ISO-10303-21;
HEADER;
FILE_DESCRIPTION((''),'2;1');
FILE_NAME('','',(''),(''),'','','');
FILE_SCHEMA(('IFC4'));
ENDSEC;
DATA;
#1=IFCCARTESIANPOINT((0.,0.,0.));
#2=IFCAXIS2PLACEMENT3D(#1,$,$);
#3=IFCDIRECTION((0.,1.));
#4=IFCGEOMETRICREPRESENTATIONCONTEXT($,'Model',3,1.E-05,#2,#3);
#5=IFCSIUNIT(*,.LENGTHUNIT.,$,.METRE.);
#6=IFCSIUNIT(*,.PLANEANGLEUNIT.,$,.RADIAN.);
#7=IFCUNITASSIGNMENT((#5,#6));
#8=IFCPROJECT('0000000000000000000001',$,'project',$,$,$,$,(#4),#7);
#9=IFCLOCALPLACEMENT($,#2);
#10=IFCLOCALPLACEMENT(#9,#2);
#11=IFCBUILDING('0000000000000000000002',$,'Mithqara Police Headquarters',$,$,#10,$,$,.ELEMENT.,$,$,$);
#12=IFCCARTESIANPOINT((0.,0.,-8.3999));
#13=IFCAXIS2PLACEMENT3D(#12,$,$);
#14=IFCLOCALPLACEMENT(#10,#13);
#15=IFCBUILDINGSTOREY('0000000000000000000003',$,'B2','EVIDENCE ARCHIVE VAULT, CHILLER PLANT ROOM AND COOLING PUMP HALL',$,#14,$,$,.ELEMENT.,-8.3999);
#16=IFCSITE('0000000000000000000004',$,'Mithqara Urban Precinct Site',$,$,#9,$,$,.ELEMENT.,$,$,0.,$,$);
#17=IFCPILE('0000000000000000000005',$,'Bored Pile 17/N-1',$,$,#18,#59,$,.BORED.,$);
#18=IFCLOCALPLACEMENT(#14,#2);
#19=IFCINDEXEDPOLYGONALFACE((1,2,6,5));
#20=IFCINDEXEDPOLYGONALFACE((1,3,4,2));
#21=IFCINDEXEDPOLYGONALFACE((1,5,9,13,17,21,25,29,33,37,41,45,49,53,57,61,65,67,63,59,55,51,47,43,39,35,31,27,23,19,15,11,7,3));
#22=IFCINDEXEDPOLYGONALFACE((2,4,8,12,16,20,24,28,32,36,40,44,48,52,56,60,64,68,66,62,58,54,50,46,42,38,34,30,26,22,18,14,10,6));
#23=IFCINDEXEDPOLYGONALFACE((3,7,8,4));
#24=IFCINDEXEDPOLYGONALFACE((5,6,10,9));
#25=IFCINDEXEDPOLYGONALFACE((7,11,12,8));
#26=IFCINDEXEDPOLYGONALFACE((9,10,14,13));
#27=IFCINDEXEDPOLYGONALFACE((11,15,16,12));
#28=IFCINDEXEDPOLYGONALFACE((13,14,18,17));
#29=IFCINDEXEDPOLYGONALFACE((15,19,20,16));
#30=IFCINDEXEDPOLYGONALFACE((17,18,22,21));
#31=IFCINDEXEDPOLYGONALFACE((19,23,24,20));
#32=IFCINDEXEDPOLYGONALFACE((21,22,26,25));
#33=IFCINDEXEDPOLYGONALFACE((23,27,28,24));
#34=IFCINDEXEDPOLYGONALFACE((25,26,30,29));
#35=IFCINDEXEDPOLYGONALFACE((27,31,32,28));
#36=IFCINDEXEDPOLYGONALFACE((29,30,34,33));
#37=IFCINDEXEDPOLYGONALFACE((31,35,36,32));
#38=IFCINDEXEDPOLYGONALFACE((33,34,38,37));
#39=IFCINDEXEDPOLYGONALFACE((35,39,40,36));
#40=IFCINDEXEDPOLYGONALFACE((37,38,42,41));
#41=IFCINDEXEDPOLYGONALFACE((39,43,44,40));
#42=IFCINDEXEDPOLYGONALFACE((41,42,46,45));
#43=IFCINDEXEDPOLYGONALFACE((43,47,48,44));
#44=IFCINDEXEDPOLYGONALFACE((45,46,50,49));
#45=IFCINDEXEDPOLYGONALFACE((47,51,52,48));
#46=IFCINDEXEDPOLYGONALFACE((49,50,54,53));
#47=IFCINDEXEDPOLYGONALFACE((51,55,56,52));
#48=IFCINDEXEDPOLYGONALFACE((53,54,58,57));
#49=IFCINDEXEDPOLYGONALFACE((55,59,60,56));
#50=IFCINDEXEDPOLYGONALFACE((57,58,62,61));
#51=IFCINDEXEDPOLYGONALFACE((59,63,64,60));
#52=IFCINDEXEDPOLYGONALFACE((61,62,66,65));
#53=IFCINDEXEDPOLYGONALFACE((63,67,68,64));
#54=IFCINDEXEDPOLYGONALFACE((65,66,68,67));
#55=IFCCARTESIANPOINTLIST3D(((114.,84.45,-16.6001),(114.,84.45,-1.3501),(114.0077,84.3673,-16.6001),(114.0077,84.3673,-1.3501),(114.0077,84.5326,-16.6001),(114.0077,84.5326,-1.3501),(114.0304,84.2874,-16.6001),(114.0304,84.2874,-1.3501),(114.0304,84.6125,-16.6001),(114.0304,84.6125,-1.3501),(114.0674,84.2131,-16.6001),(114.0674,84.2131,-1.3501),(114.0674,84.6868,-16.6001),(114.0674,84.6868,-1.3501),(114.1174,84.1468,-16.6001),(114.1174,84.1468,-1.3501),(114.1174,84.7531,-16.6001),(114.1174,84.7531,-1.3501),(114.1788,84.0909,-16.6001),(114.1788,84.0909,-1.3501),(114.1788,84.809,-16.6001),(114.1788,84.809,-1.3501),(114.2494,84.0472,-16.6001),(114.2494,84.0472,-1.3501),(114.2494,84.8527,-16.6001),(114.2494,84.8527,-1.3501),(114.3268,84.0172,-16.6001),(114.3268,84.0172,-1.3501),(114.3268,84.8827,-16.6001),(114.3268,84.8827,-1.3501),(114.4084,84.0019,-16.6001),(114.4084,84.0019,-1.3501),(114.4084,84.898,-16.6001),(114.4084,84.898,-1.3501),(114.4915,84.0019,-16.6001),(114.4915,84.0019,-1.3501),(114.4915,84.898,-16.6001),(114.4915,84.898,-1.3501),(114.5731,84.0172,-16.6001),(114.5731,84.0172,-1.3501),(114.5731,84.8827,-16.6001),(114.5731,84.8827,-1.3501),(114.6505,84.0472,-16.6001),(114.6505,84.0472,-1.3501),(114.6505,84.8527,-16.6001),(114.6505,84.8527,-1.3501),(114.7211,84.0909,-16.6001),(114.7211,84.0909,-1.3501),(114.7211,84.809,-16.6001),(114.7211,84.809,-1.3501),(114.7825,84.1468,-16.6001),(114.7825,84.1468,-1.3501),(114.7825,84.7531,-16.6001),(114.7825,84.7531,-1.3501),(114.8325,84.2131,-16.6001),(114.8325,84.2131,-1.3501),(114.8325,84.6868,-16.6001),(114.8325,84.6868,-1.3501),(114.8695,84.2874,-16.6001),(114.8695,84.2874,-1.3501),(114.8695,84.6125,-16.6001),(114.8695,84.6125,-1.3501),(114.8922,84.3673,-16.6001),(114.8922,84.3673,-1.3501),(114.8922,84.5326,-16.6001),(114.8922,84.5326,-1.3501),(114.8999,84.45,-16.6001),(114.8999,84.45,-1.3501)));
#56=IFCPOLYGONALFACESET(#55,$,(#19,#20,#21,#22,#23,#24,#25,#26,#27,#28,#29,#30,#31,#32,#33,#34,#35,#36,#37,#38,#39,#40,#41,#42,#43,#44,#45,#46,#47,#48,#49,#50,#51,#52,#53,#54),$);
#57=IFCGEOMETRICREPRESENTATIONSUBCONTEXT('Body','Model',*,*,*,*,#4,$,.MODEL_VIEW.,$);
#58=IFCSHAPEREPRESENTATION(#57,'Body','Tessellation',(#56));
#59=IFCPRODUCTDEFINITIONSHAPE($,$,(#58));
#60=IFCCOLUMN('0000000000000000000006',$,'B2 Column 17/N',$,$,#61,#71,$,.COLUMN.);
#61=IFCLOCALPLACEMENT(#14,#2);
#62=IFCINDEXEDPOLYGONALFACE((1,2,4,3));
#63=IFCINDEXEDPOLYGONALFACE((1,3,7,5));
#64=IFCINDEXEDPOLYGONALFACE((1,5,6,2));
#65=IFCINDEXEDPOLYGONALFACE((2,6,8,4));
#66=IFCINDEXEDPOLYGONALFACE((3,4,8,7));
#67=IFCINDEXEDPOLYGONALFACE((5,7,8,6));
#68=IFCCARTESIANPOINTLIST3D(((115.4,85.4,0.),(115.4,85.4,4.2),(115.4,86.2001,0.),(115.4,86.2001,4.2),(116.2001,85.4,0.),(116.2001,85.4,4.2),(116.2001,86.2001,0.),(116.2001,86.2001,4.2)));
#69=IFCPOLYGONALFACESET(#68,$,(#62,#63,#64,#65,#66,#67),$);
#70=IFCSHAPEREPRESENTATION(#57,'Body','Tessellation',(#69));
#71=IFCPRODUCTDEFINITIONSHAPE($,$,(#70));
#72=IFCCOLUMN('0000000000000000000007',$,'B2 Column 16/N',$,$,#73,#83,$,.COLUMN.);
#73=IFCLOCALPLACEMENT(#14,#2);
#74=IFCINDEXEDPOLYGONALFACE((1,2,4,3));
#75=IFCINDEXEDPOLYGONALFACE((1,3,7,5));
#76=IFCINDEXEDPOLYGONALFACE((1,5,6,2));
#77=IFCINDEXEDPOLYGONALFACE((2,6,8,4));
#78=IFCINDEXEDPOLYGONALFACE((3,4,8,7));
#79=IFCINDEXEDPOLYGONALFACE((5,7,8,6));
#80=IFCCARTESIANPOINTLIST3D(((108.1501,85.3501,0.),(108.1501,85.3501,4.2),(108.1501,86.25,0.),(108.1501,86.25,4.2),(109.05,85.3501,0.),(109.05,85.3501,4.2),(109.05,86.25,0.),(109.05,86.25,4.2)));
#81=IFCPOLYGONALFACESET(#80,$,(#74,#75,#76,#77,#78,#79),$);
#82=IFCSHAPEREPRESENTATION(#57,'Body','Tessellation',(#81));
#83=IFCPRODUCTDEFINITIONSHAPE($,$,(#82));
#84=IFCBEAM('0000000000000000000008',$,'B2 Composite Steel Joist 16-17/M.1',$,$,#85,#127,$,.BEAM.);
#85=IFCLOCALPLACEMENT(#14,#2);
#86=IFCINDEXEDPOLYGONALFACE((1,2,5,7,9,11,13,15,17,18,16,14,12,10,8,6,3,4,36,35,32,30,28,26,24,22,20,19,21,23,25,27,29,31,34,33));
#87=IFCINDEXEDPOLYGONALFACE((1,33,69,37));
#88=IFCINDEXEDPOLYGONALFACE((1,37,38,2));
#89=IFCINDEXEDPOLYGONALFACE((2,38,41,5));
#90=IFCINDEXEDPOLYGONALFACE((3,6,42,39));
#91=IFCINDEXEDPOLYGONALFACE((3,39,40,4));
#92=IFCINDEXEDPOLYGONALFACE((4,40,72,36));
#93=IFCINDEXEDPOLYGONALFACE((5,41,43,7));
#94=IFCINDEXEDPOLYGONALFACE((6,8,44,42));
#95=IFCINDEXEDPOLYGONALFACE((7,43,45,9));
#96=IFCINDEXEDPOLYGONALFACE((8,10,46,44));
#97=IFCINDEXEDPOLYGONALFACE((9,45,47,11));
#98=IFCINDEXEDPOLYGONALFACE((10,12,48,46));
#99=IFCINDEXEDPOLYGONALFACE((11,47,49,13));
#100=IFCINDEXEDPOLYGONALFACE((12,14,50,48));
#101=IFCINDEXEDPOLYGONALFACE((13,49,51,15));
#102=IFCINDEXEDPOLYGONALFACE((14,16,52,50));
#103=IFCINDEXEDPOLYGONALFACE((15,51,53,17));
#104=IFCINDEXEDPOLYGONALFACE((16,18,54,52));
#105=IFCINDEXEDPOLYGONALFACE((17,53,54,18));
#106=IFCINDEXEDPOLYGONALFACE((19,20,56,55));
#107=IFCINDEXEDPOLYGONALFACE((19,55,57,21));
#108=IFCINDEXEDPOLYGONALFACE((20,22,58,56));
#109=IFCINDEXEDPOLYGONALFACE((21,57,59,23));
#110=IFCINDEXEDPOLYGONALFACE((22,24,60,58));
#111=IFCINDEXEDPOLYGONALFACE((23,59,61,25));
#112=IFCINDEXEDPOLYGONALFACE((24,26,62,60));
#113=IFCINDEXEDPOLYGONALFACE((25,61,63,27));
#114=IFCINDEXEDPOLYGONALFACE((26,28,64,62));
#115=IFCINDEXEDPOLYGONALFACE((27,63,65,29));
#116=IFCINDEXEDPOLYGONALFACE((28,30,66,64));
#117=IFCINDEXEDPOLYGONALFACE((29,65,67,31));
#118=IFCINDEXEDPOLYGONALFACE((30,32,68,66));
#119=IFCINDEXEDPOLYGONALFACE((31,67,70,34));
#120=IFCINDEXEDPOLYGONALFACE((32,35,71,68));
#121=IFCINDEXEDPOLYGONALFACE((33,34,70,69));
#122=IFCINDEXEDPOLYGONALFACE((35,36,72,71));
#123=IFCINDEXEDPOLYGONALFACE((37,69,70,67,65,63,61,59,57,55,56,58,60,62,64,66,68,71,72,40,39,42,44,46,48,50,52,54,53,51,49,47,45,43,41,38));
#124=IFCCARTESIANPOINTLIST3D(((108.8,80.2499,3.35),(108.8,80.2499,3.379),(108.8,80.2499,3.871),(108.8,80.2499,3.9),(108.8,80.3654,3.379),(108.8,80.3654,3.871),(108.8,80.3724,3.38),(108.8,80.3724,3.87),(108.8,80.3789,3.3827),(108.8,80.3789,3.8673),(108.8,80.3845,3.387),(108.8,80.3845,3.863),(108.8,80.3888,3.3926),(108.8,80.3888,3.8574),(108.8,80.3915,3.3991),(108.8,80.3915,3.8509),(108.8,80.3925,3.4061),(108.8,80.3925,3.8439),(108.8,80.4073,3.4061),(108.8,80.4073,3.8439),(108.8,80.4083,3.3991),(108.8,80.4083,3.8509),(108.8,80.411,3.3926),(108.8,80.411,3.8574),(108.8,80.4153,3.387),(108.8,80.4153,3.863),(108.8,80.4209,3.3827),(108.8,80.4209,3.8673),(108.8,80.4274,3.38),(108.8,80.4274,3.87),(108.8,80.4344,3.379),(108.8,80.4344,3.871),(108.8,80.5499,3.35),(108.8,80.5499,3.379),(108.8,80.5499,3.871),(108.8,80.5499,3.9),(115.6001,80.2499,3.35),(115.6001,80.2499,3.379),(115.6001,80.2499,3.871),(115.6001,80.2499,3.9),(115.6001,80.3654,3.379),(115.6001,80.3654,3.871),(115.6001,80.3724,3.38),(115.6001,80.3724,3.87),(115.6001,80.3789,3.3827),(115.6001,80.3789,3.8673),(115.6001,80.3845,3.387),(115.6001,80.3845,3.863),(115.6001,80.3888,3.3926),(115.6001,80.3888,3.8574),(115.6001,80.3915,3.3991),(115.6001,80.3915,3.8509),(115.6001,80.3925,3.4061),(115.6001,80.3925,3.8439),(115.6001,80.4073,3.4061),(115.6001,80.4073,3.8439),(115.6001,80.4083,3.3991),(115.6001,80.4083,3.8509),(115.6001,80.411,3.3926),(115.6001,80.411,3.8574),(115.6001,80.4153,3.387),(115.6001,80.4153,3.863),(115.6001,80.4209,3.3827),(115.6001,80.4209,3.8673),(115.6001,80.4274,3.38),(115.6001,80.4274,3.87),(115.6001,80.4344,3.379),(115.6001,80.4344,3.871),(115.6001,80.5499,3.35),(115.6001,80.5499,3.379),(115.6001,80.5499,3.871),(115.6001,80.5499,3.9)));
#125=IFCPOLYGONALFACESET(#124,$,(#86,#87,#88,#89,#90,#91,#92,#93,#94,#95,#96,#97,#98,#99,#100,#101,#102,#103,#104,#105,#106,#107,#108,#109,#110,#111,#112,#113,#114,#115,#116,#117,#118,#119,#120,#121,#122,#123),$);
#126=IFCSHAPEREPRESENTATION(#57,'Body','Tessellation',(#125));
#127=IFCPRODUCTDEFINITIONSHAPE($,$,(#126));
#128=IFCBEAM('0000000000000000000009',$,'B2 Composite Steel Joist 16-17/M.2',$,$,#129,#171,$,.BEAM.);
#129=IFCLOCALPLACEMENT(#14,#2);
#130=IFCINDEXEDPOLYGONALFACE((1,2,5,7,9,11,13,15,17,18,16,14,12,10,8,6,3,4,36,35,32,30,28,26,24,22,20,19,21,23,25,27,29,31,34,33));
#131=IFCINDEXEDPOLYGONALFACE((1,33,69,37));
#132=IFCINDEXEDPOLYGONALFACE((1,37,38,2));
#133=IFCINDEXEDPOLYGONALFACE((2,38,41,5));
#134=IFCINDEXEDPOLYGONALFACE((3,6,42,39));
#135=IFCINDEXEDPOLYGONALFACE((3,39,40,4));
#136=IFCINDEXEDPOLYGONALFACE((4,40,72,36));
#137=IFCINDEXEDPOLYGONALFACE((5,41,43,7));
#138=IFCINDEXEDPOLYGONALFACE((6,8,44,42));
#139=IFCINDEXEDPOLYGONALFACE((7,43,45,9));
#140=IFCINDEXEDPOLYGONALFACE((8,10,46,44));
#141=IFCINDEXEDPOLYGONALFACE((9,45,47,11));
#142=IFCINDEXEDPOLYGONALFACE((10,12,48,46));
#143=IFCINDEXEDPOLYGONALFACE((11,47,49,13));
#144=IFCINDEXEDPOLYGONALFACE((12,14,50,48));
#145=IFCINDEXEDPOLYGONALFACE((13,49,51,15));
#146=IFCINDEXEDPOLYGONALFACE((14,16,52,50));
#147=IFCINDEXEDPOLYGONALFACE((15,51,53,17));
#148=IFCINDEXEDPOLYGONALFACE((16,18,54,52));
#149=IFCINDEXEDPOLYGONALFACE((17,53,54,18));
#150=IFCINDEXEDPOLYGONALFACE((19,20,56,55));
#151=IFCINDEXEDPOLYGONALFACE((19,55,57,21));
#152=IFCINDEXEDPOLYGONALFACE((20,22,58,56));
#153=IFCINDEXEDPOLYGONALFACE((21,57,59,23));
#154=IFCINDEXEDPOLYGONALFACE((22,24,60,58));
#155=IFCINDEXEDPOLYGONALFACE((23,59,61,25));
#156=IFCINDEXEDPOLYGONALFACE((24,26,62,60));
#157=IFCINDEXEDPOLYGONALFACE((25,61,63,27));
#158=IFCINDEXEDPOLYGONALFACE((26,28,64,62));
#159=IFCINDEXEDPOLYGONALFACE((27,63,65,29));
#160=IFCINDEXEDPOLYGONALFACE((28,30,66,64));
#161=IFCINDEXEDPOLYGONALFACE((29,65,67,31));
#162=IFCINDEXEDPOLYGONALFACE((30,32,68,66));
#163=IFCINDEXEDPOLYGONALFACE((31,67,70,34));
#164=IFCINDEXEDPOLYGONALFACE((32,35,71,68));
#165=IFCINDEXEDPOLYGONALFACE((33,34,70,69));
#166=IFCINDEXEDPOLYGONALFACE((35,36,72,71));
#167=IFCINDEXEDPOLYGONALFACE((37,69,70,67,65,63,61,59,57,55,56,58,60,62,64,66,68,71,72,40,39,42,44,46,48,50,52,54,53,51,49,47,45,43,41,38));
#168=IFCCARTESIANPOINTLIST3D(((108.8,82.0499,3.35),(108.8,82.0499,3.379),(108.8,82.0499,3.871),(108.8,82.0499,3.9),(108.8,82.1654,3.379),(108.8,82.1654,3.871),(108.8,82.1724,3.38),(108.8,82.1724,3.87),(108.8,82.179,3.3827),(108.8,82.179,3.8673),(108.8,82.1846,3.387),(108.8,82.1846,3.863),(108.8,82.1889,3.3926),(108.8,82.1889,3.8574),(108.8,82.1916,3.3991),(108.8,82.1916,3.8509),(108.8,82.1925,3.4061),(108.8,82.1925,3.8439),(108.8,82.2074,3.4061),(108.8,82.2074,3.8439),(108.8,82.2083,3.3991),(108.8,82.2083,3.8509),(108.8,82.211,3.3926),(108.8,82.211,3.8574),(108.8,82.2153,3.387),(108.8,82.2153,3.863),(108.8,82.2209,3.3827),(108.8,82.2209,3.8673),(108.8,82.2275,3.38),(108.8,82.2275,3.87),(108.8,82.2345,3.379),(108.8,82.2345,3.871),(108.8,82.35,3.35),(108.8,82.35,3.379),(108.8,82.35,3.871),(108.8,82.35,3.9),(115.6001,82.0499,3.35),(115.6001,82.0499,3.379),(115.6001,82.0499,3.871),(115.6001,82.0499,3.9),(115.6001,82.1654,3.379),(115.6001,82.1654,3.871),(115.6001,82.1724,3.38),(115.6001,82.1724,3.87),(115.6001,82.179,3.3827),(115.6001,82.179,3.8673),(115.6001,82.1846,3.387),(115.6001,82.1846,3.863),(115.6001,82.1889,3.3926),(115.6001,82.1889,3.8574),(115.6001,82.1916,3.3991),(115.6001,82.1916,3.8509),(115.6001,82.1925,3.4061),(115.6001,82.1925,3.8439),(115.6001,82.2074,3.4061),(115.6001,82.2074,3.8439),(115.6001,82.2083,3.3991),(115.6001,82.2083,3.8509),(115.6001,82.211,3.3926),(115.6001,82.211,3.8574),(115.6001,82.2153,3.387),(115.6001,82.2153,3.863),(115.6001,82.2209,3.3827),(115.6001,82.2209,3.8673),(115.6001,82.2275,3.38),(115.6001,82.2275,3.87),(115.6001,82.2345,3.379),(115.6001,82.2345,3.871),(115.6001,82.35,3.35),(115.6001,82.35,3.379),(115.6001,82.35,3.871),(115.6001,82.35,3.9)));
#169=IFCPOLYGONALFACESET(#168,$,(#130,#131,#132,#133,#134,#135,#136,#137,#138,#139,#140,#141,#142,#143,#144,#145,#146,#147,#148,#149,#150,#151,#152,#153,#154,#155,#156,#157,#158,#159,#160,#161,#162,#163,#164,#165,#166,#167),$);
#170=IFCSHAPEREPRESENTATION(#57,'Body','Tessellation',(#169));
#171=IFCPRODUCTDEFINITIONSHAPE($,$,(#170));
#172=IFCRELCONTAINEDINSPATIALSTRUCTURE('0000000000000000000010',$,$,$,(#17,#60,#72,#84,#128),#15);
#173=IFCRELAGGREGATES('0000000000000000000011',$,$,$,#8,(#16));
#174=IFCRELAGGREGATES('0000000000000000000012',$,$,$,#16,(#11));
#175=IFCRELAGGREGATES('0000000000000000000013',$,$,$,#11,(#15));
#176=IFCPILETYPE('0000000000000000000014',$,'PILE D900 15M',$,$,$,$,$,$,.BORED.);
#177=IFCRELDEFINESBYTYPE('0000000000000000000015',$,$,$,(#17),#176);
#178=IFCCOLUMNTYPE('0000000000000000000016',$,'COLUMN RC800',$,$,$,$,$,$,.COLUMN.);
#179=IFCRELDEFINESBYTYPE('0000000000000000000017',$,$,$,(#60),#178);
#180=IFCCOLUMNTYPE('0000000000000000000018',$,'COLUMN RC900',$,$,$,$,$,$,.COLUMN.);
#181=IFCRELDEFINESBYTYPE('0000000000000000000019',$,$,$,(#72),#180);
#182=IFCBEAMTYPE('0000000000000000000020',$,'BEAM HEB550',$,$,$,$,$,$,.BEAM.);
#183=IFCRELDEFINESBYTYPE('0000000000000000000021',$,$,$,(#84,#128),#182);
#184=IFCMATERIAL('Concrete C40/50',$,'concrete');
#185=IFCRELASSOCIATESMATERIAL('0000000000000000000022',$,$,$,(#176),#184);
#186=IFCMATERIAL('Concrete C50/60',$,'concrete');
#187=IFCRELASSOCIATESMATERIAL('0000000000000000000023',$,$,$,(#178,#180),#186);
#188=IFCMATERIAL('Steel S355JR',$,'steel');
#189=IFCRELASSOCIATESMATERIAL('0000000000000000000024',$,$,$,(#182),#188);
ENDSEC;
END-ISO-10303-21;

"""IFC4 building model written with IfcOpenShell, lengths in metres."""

from ifc_helpers import new_model, si_unit, direction, frame, origin, origin_2d, place, context, subcontext, project, spatial, rectangle, circle, i_section, extrude, material, material_profile, profile_set, type_object, element, save


model = new_model("IFC4")

# Units and contexts
model_context = context("Model", 3, precision=1e-05, world=origin(), true_north=direction((0.0, 1.0)))
body_context = subcontext(model_context, "Body", "Model", "MODEL_VIEW")
ifc_project = project(units=[si_unit("LENGTHUNIT", "METRE"), si_unit("PLANEANGLEUNIT", "RADIAN")], contexts=[model_context])

# Site, building, storey
site_placement = place(None, origin())
site = spatial("IfcSite", under=ifc_project, at=site_placement, Name="Mithqara Urban Precinct Site", CompositionType="ELEMENT", RefElevation=0.0)
building_placement = place(site_placement, origin())
building = spatial("IfcBuilding", under=site, at=building_placement, Name="Mithqara Police Headquarters", CompositionType="ELEMENT")
storey_placement = place(building_placement, frame((0.0, 0.0, -8.3999)))
storey = spatial("IfcBuildingStorey", under=building, at=storey_placement, Name="B2", Description="EVIDENCE ARCHIVE VAULT, CHILLER PLANT ROOM AND COOLING PUMP HALL", CompositionType="ELEMENT", Elevation=-8.3999)

# Shared definitions
ifc_material_1 = material(Name="Concrete C40/50", Category="concrete")

# Pile
ifc_material_profile_1 = material_profile(ifc_material_1, circle(Radius=0.45, at=origin_2d()), Name="PILE D900")
ifc_profile_set_1 = profile_set([ifc_material_profile_1], Name="Concrete C40/50")
pile_type = type_object("IfcPileType", Name="PILE D900 15M", PredefinedType="BORED", material=ifc_profile_set_1)
for number, where, z_axis, x_axis, name in (
    (1, (114.45, 84.45, -1.3501), (0.0, 0.0, -1.0), (1.0, 0.0, 0.0), "Bored Pile 17/N-1"),
):
    element("IfcPile", number, at=place(storey_placement, frame(where, z_axis=z_axis, x_axis=x_axis)), inside=storey, type_object=pile_type, Name=name, PredefinedType="BORED", context=body_context, shape_type="SweptSolid", body=[
        extrude(circle(Radius=0.45, at=origin_2d()), origin(), (0.0, 0.0, 1.0), 15.25),
    ])

# Columns
ifc_material_2 = material(Name="Concrete C50/60", Category="concrete")
ifc_material_profile_2 = material_profile(ifc_material_2, rectangle(XDim=0.8, YDim=0.8, at=origin_2d()), Name="RC 800x800")
ifc_profile_set_2 = profile_set([ifc_material_profile_2], Name="Concrete C50/60")
column_type_1 = type_object("IfcColumnType", Name="COLUMN RC800", PredefinedType="COLUMN", material=ifc_profile_set_2)
column_1_placement = place(storey_placement, frame((115.8, 85.8, 0.0), z_axis=(0.0, 0.0, 1.0), x_axis=(1.0, 0.0, 0.0)))
element("IfcColumn", 2, at=column_1_placement, inside=storey, type_object=column_type_1, Name="B2 Column 17/N", PredefinedType="COLUMN", context=body_context, shape_type="SweptSolid", body=[
    extrude(rectangle(XDim=0.8, YDim=0.8, at=origin_2d()), origin(), (0.0, 0.0, 1.0), 4.2),
])
ifc_material_profile_3 = material_profile(ifc_material_2, rectangle(XDim=0.8999, YDim=0.8999, at=origin_2d()), Name="RC 900x900")
ifc_profile_set_3 = profile_set([ifc_material_profile_3], Name="Concrete C50/60")
column_type_2 = type_object("IfcColumnType", Name="COLUMN RC900", PredefinedType="COLUMN", material=ifc_profile_set_3)
column_2_placement = place(storey_placement, frame((108.6001, 85.8, 0.0), z_axis=(0.0, 0.0, 1.0), x_axis=(1.0, 0.0, 0.0)))
element("IfcColumn", 3, at=column_2_placement, inside=storey, type_object=column_type_2, Name="B2 Column 16/N", PredefinedType="COLUMN", context=body_context, shape_type="SweptSolid", body=[
    extrude(rectangle(XDim=0.8999, YDim=0.8999, at=origin_2d()), origin(), (0.0, 0.0, 1.0), 4.2),
])

# Beams
ifc_material_3 = material(Name="Steel S355JR", Category="steel")
ifc_material_profile_4 = material_profile(ifc_material_3, i_section(OverallWidth=0.3, OverallDepth=0.55, WebThickness=0.0149, FlangeThickness=0.0291, FilletRadius=0.0271, at=origin_2d()), Name="HEB 550")
ifc_profile_set_4 = profile_set([ifc_material_profile_4], Name="Steel S355JR")
beam_type_1 = type_object("IfcBeamType", Name="BEAM HEB550", PredefinedType="BEAM", material=ifc_profile_set_4)
for number, where, z_axis, x_axis, name in (
    (4, (108.8, 80.3999, 3.625), (1.0, 0.0, 0.0), (0.0, 1.0, 0.0), "B2 Composite Steel Joist 16-17/M.1"),
    (5, (108.8, 82.2, 3.625), (1.0, 0.0, 0.0), (0.0, 1.0, 0.0), "B2 Composite Steel Joist 16-17/M.2"),
):
    element("IfcBeam", number, at=place(storey_placement, frame(where, z_axis=z_axis, x_axis=x_axis)), inside=storey, type_object=beam_type_1, Name=name, PredefinedType="BEAM", context=body_context, shape_type="SweptSolid", body=[
        extrude(i_section(OverallWidth=0.3, OverallDepth=0.55, WebThickness=0.0149, FlangeThickness=0.0291, FilletRadius=0.0271, at=origin_2d()), origin(), (0.0, 0.0, 1.0), 6.8),
    ])

save(model, "model.ifc")
